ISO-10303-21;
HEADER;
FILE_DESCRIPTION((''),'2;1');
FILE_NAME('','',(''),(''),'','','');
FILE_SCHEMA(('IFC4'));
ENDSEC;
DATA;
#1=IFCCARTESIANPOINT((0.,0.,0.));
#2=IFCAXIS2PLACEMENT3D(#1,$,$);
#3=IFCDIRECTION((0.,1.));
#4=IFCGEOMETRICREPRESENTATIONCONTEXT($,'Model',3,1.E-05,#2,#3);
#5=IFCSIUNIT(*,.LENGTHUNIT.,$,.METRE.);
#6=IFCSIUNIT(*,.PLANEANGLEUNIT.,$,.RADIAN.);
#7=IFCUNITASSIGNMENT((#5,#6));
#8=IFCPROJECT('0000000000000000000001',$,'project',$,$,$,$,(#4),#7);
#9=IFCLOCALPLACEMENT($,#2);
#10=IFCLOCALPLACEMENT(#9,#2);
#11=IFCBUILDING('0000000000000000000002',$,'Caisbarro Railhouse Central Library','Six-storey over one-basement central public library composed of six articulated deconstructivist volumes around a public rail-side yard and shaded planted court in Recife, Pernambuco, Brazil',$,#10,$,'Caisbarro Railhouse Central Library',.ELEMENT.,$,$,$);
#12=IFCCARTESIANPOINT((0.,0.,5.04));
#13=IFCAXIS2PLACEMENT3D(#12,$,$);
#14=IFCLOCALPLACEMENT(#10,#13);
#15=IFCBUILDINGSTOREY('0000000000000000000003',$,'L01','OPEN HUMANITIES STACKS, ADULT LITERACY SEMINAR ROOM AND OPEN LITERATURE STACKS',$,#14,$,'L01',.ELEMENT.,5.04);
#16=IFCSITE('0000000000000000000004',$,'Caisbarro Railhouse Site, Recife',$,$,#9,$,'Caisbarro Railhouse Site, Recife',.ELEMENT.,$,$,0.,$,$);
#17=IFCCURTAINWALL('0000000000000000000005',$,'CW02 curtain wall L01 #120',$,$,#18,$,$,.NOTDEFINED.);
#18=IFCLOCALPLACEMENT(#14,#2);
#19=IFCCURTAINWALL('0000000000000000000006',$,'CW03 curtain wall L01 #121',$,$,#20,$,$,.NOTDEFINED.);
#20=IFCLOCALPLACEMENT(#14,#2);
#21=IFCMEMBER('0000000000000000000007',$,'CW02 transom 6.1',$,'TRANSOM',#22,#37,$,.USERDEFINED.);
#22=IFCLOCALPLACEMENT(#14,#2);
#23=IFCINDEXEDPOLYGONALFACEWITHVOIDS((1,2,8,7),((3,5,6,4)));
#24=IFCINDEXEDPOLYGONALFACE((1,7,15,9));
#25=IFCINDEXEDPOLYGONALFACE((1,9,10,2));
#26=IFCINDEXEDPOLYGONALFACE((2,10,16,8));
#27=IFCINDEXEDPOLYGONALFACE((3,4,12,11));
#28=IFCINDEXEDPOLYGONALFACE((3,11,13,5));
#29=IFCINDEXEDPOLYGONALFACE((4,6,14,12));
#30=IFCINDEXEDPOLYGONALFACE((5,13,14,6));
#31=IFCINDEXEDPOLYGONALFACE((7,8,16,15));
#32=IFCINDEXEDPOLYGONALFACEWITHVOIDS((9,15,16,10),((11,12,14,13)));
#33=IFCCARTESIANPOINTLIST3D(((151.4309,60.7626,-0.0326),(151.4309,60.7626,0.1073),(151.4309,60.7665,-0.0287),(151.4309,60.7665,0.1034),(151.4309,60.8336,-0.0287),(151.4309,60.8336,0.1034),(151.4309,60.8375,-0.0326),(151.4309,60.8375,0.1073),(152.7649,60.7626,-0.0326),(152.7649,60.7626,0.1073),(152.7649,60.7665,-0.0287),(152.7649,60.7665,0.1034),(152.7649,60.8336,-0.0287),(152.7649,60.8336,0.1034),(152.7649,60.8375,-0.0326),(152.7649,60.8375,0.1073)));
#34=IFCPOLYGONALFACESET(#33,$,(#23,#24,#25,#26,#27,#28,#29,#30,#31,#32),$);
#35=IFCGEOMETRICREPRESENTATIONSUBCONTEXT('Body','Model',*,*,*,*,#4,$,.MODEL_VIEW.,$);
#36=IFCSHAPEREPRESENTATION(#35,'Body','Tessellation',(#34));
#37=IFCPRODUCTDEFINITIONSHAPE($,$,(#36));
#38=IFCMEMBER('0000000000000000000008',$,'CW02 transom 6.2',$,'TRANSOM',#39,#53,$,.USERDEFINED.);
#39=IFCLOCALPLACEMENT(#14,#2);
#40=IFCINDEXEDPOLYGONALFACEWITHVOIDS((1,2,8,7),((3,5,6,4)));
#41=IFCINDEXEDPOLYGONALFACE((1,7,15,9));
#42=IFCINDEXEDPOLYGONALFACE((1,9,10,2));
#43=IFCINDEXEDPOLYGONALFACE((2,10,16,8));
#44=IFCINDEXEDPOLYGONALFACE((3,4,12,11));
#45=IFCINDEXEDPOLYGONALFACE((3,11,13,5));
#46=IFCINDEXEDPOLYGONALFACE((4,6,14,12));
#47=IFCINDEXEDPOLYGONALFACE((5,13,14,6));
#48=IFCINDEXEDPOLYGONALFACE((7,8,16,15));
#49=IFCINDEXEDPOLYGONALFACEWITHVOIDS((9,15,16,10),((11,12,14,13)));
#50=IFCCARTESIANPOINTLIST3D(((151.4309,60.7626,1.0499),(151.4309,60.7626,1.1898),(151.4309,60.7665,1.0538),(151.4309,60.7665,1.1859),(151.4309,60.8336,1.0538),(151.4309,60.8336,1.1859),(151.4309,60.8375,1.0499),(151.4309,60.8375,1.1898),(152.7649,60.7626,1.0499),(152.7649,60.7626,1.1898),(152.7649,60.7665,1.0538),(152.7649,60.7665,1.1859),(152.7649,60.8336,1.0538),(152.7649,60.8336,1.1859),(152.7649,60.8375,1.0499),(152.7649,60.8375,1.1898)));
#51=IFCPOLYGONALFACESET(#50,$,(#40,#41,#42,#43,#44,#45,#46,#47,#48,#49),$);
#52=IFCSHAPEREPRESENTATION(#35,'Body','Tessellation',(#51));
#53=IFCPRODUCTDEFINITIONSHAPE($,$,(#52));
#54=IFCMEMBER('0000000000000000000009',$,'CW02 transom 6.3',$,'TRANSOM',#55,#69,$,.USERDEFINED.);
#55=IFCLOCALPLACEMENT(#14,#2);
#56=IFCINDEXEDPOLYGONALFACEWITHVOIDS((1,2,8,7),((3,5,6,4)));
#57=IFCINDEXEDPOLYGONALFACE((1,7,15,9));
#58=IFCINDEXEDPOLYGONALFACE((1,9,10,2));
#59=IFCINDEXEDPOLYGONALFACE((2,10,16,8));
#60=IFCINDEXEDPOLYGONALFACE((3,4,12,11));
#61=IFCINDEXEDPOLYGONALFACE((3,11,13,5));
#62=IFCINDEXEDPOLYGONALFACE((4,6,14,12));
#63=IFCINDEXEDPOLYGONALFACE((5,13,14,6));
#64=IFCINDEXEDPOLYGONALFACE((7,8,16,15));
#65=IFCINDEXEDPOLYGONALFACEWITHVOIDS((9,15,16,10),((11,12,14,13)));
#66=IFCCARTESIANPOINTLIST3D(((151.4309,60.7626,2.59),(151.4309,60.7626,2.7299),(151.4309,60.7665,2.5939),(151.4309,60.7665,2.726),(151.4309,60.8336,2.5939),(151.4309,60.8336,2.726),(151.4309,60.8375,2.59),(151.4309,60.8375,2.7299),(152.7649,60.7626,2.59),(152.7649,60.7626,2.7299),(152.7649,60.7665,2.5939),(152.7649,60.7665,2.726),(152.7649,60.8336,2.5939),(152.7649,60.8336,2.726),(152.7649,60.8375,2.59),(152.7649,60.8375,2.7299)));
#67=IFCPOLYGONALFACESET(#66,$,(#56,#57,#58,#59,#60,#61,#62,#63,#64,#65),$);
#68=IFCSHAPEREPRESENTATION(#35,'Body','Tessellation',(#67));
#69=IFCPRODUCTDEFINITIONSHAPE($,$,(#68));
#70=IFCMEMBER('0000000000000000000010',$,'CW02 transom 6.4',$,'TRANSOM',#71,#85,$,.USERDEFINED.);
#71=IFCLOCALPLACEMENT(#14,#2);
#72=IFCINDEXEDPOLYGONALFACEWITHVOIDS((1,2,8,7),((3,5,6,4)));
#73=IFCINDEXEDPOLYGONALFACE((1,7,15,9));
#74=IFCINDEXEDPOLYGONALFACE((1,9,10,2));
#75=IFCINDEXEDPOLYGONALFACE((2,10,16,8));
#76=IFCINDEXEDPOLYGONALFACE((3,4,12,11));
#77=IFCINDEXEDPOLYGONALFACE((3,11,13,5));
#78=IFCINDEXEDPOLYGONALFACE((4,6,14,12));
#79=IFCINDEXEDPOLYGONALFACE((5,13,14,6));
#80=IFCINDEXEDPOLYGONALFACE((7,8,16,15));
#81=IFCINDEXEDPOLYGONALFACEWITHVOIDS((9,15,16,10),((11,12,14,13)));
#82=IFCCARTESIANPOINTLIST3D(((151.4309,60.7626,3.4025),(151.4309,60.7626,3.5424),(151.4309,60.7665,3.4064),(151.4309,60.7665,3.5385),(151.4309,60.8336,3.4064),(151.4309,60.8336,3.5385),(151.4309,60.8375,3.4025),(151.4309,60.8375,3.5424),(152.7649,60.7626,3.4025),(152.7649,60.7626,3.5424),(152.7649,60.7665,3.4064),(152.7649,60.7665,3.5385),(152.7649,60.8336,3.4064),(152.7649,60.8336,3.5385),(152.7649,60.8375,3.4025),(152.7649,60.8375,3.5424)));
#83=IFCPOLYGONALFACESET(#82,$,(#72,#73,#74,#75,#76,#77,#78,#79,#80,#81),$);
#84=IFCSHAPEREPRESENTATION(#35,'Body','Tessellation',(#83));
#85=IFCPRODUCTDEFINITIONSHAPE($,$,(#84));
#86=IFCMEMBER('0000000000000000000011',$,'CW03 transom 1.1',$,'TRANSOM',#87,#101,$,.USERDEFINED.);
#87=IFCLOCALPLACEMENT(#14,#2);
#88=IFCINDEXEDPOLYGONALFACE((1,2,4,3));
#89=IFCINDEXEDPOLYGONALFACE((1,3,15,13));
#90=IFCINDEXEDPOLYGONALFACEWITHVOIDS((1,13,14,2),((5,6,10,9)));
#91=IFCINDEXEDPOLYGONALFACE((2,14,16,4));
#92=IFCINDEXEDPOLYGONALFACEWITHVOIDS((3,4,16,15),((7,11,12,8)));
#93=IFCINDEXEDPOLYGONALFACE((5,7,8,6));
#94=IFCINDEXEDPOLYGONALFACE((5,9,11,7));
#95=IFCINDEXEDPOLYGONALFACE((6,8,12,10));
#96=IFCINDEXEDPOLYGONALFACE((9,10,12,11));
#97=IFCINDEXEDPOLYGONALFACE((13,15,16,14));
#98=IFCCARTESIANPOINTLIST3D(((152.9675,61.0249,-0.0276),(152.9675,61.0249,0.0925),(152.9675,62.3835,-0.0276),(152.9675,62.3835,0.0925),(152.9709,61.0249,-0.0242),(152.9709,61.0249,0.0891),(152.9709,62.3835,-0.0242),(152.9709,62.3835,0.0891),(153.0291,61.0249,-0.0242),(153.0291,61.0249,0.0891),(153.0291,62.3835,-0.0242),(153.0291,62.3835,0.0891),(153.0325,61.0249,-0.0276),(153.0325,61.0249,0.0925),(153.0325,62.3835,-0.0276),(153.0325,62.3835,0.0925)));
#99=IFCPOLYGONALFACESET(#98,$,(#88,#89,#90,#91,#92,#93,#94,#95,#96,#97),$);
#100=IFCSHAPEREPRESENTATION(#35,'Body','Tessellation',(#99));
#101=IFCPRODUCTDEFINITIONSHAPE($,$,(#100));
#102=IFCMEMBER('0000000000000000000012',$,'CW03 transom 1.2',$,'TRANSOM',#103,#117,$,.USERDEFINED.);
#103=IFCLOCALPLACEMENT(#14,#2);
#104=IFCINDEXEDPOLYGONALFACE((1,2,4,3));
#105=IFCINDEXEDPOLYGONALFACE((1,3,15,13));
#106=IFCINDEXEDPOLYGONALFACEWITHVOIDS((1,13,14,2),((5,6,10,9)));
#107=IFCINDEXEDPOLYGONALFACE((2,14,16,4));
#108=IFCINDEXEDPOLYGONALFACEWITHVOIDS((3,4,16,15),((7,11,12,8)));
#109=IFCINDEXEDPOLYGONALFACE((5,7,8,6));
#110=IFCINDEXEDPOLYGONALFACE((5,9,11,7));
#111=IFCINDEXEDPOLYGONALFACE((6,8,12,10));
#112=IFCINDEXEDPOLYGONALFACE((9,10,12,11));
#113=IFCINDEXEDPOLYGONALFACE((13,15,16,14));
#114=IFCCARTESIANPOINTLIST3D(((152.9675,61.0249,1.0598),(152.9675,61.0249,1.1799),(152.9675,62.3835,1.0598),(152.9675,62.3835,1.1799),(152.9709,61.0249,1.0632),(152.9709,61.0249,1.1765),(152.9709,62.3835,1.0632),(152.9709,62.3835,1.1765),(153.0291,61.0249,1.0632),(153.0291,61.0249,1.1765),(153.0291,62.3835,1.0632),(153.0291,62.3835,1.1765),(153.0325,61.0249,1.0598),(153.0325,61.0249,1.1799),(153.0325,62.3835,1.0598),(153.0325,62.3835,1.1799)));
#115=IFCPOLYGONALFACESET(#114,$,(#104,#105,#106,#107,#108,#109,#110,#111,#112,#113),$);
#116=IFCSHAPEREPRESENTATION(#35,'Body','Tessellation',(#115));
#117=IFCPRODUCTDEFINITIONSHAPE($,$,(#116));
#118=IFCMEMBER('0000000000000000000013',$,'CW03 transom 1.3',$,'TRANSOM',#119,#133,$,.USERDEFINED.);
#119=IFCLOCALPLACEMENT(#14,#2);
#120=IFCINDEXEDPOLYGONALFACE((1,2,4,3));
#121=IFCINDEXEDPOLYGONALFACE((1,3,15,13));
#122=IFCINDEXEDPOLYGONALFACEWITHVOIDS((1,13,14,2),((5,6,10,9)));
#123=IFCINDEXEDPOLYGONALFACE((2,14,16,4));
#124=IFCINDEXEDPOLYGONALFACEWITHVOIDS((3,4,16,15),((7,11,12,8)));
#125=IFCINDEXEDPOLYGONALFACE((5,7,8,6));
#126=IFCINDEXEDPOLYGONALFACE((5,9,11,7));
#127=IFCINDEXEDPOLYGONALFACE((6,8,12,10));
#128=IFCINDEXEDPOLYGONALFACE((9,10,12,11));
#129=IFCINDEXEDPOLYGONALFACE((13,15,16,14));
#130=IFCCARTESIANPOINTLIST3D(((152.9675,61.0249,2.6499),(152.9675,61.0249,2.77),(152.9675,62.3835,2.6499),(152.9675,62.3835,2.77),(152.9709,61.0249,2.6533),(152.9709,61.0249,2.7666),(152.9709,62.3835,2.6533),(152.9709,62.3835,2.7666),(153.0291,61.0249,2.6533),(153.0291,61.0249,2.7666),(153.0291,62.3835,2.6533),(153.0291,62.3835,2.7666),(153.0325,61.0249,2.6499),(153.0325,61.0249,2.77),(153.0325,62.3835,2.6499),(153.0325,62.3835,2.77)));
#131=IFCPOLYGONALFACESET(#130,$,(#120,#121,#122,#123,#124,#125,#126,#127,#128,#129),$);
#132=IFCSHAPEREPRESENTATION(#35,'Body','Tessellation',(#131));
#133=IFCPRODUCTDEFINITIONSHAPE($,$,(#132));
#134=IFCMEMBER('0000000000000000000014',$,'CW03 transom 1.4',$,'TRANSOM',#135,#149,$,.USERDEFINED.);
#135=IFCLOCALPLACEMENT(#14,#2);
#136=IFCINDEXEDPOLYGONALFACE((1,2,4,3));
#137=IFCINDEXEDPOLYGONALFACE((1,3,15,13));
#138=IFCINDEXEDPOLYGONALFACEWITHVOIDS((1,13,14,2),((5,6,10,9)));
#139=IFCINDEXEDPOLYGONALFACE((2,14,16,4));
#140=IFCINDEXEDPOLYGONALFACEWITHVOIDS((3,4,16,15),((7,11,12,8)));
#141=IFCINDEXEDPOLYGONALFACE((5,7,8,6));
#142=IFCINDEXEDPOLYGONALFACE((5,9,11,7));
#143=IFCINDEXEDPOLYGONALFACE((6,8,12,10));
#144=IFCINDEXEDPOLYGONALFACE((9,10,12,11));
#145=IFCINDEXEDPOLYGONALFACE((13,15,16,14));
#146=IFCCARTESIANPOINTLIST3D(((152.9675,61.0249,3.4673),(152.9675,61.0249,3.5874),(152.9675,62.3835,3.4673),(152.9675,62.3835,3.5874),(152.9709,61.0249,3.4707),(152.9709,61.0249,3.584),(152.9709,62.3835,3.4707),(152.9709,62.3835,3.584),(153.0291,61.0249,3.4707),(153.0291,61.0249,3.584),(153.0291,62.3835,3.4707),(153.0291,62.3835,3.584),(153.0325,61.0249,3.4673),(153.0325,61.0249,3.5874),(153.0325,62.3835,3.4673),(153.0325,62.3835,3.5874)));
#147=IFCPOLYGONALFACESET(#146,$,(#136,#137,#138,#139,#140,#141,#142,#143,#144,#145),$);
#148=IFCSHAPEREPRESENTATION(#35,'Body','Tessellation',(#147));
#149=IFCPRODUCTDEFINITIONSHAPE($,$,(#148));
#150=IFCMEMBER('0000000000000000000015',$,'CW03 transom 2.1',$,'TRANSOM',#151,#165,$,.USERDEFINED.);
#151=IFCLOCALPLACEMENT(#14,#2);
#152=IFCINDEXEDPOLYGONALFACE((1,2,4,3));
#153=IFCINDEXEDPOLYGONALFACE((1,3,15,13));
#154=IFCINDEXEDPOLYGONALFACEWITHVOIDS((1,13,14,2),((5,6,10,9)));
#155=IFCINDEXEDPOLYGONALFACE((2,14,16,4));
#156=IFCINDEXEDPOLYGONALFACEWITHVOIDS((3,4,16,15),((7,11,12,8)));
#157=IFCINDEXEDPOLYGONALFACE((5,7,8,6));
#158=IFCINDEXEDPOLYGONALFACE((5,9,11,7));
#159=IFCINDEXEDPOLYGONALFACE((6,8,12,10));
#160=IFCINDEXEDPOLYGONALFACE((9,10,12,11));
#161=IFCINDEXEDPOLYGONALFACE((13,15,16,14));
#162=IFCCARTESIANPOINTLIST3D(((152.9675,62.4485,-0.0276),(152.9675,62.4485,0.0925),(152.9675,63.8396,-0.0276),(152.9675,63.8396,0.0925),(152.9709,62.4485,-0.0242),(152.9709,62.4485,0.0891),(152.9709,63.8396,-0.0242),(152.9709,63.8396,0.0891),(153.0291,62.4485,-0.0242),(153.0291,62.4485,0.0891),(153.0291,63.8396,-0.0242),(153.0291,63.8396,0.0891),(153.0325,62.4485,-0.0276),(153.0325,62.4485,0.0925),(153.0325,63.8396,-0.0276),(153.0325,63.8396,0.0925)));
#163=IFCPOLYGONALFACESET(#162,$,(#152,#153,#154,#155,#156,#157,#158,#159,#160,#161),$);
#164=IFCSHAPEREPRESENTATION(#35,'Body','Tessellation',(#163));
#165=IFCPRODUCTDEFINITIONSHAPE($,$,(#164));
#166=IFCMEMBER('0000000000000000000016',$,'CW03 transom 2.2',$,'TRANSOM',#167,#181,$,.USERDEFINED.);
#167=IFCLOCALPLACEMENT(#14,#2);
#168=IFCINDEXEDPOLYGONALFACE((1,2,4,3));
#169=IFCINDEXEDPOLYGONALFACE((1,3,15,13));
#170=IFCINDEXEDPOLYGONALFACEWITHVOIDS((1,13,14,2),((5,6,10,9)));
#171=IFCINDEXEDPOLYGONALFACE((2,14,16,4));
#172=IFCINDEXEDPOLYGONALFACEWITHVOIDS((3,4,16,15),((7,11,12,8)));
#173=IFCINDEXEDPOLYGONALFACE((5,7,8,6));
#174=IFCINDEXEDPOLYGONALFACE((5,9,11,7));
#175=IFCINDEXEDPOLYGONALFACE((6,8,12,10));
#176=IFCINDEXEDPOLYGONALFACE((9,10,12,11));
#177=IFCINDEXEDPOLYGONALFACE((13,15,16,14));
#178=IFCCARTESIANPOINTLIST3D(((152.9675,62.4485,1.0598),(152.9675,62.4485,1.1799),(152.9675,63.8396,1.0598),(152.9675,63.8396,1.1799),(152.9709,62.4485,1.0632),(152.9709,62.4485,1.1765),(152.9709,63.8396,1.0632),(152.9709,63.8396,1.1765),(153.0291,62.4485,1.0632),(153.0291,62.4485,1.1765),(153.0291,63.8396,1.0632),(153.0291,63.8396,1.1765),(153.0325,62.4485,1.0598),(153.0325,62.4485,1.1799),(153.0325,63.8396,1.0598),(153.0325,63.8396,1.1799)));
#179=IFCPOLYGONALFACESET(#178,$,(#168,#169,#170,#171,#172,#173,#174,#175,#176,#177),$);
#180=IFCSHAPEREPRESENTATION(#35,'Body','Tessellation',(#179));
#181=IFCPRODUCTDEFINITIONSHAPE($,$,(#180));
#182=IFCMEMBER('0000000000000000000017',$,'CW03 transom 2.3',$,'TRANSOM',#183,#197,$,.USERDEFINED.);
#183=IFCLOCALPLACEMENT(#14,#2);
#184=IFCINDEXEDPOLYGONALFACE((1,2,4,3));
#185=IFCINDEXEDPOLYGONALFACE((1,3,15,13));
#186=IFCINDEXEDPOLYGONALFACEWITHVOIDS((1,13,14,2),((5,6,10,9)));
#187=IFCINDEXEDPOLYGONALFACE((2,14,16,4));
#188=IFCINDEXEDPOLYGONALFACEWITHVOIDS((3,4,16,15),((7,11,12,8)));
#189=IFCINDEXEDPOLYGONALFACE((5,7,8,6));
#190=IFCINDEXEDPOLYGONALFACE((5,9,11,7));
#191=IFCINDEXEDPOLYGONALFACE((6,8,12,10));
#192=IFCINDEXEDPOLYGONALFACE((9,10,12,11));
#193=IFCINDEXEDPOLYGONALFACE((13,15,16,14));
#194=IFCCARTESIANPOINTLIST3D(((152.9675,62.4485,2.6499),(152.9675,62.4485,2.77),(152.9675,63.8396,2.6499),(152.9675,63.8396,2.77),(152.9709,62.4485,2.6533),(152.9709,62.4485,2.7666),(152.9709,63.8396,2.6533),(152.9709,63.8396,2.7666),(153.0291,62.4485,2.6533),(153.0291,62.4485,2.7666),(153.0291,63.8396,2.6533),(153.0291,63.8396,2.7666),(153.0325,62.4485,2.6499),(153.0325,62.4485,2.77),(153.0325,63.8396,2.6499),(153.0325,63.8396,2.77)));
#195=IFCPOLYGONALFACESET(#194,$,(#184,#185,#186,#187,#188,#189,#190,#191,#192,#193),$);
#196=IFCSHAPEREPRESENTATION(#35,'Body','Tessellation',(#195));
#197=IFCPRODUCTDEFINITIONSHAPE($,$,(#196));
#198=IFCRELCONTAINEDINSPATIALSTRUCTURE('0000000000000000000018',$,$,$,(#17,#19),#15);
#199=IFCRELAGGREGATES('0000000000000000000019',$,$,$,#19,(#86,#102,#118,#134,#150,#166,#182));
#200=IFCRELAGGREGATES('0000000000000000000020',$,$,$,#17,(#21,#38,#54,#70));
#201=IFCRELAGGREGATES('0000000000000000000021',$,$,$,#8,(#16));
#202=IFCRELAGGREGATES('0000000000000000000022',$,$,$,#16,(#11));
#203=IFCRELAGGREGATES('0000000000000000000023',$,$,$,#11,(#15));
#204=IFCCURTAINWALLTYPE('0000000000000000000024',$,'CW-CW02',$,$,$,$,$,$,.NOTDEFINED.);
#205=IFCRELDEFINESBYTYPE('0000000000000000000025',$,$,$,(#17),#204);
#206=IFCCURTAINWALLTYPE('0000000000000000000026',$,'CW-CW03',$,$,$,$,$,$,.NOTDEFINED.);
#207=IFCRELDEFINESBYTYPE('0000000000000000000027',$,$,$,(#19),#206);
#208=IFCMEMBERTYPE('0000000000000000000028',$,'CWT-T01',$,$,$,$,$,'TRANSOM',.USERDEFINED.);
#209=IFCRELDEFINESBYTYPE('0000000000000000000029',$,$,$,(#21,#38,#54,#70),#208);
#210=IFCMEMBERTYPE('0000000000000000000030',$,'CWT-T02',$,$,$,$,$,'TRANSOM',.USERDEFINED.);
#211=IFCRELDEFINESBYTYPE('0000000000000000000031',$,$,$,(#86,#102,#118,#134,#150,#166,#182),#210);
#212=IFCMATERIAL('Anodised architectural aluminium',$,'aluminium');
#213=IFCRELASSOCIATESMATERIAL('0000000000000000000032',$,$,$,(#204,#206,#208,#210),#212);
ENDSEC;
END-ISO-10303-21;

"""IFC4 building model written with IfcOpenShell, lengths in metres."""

from ifc_helpers import new_model, si_unit, direction, frame, origin, origin_2d, place, context, subcontext, project, spatial, hollow_rectangle, extrude, material, material_profile, profile_set, type_object, element, aggregate, save


model = new_model("IFC4")

# Units and contexts
model_context = context("Model", 3, precision=1e-05, world=origin(), true_north=direction((0.0, 1.0)))
body_context = subcontext(model_context, "Body", "Model", "MODEL_VIEW")
ifc_project = project(units=[si_unit("LENGTHUNIT", "METRE"), si_unit("PLANEANGLEUNIT", "RADIAN")], contexts=[model_context])

# Site, building, storey
site_placement = place(None, origin())
site = spatial("IfcSite", under=ifc_project, at=site_placement, Name="Caisbarro Railhouse Site, Recife", LongName="Caisbarro Railhouse Site, Recife", CompositionType="ELEMENT", RefElevation=0.0)
building_placement = place(site_placement, origin())
building = spatial("IfcBuilding", under=site, at=building_placement, Name="Caisbarro Railhouse Central Library", Description="Six-storey over one-basement central public library composed of six articulated deconstructivist volumes around a public rail-side yard and shaded planted court in Recife, Pernambuco, Brazil", LongName="Caisbarro Railhouse Central Library", CompositionType="ELEMENT")
storey_placement = place(building_placement, frame((0.0, 0.0, 5.04)))
storey = spatial("IfcBuildingStorey", under=building, at=storey_placement, Name="L01", Description="OPEN HUMANITIES STACKS, ADULT LITERACY SEMINAR ROOM AND OPEN LITERATURE STACKS", LongName="L01", CompositionType="ELEMENT", Elevation=5.04)

# Curtain walls
ifc_material_1 = material(Name="Anodised architectural aluminium", Category="aluminium")
curtain_wall_type_1 = type_object("IfcCurtainWallType", Name="CW-CW02", PredefinedType="NOTDEFINED", material=ifc_material_1)
curtain_wall_1_placement = place(storey_placement, origin())
curtain_wall_1 = element("IfcCurtainWall", 1, at=curtain_wall_1_placement, inside=storey, type_object=curtain_wall_type_1, Name="CW02 curtain wall L01 #120", PredefinedType="NOTDEFINED")
curtain_wall_type_2 = type_object("IfcCurtainWallType", Name="CW-CW03", PredefinedType="NOTDEFINED", material=ifc_material_1)
curtain_wall_2_placement = place(storey_placement, origin())
curtain_wall_2 = element("IfcCurtainWall", 2, at=curtain_wall_2_placement, inside=storey, type_object=curtain_wall_type_2, Name="CW03 curtain wall L01 #121", PredefinedType="NOTDEFINED")

# Members
ifc_material_profile_1 = material_profile(ifc_material_1, hollow_rectangle(XDim=0.075, YDim=0.1399, WallThickness=0.0039, at=origin_2d()), Name="ALU-TRN-75X140")
ifc_profile_set_1 = profile_set([ifc_material_profile_1], Name="Anodised architectural aluminium")
member_type_1 = type_object("IfcMemberType", Name="CWT-T01", ElementType="TRANSOM", PredefinedType="USERDEFINED", material=ifc_profile_set_1)
member_1_placement = place(storey_placement, frame((151.4309, 60.8, 0.0374), z_axis=(1.0, 0.0, 0.0), x_axis=(0.0, 1.0, 0.0)))
member_1 = element("IfcMember", 3, at=member_1_placement, type_object=member_type_1, Name="CW02 transom 6.1", ObjectType="TRANSOM", PredefinedType="USERDEFINED", context=body_context, shape_type="SweptSolid", body=[
    extrude(hollow_rectangle(XDim=0.075, YDim=0.1399, WallThickness=0.0039, at=origin_2d()), origin(), (0.0, 0.0, 1.0), 1.334),
])
member_2_placement = place(storey_placement, frame((151.4309, 60.8, 1.1199), z_axis=(1.0, 0.0, 0.0), x_axis=(0.0, 1.0, 0.0)))
member_2 = element("IfcMember", 4, at=member_2_placement, type_object=member_type_1, Name="CW02 transom 6.2", ObjectType="TRANSOM", PredefinedType="USERDEFINED", context=body_context, shape_type="SweptSolid", body=[
    extrude(hollow_rectangle(XDim=0.075, YDim=0.1399, WallThickness=0.0039, at=origin_2d()), origin(), (0.0, 0.0, 1.0), 1.334),
])
member_3_placement = place(storey_placement, frame((151.4309, 60.8, 2.6599), z_axis=(1.0, 0.0, 0.0), x_axis=(0.0, 1.0, 0.0)))
member_3 = element("IfcMember", 5, at=member_3_placement, type_object=member_type_1, Name="CW02 transom 6.3", ObjectType="TRANSOM", PredefinedType="USERDEFINED", context=body_context, shape_type="SweptSolid", body=[
    extrude(hollow_rectangle(XDim=0.075, YDim=0.1399, WallThickness=0.0039, at=origin_2d()), origin(), (0.0, 0.0, 1.0), 1.334),
])
member_4_placement = place(storey_placement, frame((151.4309, 60.8, 3.4724), z_axis=(1.0, 0.0, 0.0), x_axis=(0.0, 1.0, 0.0)))
member_4 = element("IfcMember", 6, at=member_4_placement, type_object=member_type_1, Name="CW02 transom 6.4", ObjectType="TRANSOM", PredefinedType="USERDEFINED", context=body_context, shape_type="SweptSolid", body=[
    extrude(hollow_rectangle(XDim=0.075, YDim=0.1399, WallThickness=0.0039, at=origin_2d()), origin(), (0.0, 0.0, 1.0), 1.334),
])
ifc_material_profile_2 = material_profile(ifc_material_1, hollow_rectangle(XDim=0.0649, YDim=0.1201, WallThickness=0.0034, at=origin_2d()), Name="ALU-TRN-65X120")
ifc_profile_set_2 = profile_set([ifc_material_profile_2], Name="Anodised architectural aluminium")
member_type_2 = type_object("IfcMemberType", Name="CWT-T02", ElementType="TRANSOM", PredefinedType="USERDEFINED", material=ifc_profile_set_2)
member_5_placement = place(storey_placement, frame((153.0, 61.0249, 0.0325), z_axis=(0.0, 1.0, 0.0), x_axis=(-1.0, 0.0, 0.0)))
member_5 = element("IfcMember", 7, at=member_5_placement, type_object=member_type_2, Name="CW03 transom 1.1", ObjectType="TRANSOM", PredefinedType="USERDEFINED", context=body_context, shape_type="SweptSolid", body=[
    extrude(hollow_rectangle(XDim=0.0649, YDim=0.1201, WallThickness=0.0034, at=origin_2d()), origin(), (0.0, 0.0, 1.0), 1.3586),
])
member_6_placement = place(storey_placement, frame((153.0, 61.0249, 1.1199), z_axis=(0.0, 1.0, 0.0), x_axis=(-1.0, 0.0, 0.0)))
member_6 = element("IfcMember", 8, at=member_6_placement, type_object=member_type_2, Name="CW03 transom 1.2", ObjectType="TRANSOM", PredefinedType="USERDEFINED", context=body_context, shape_type="SweptSolid", body=[
    extrude(hollow_rectangle(XDim=0.0649, YDim=0.1201, WallThickness=0.0034, at=origin_2d()), origin(), (0.0, 0.0, 1.0), 1.3586),
])
member_7_placement = place(storey_placement, frame((153.0, 61.0249, 2.71), z_axis=(0.0, 1.0, 0.0), x_axis=(-1.0, 0.0, 0.0)))
member_7 = element("IfcMember", 9, at=member_7_placement, type_object=member_type_2, Name="CW03 transom 1.3", ObjectType="TRANSOM", PredefinedType="USERDEFINED", context=body_context, shape_type="SweptSolid", body=[
    extrude(hollow_rectangle(XDim=0.0649, YDim=0.1201, WallThickness=0.0034, at=origin_2d()), origin(), (0.0, 0.0, 1.0), 1.3586),
])
member_8_placement = place(storey_placement, frame((153.0, 61.0249, 3.5273), z_axis=(0.0, 1.0, 0.0), x_axis=(-1.0, 0.0, 0.0)))
member_8 = element("IfcMember", 10, at=member_8_placement, type_object=member_type_2, Name="CW03 transom 1.4", ObjectType="TRANSOM", PredefinedType="USERDEFINED", context=body_context, shape_type="SweptSolid", body=[
    extrude(hollow_rectangle(XDim=0.0649, YDim=0.1201, WallThickness=0.0034, at=origin_2d()), origin(), (0.0, 0.0, 1.0), 1.3586),
])
member_9_placement = place(storey_placement, frame((153.0, 62.4485, 0.0325), z_axis=(0.0, 1.0, 0.0), x_axis=(-1.0, 0.0, 0.0)))
member_9 = element("IfcMember", 11, at=member_9_placement, type_object=member_type_2, Name="CW03 transom 2.1", ObjectType="TRANSOM", PredefinedType="USERDEFINED", context=body_context, shape_type="SweptSolid", body=[
    extrude(hollow_rectangle(XDim=0.0649, YDim=0.1201, WallThickness=0.0034, at=origin_2d()), origin(), (0.0, 0.0, 1.0), 1.3911),
])
member_10_placement = place(storey_placement, frame((153.0, 62.4485, 1.1199), z_axis=(0.0, 1.0, 0.0), x_axis=(-1.0, 0.0, 0.0)))
member_10 = element("IfcMember", 12, at=member_10_placement, type_object=member_type_2, Name="CW03 transom 2.2", ObjectType="TRANSOM", PredefinedType="USERDEFINED", context=body_context, shape_type="SweptSolid", body=[
    extrude(hollow_rectangle(XDim=0.0649, YDim=0.1201, WallThickness=0.0034, at=origin_2d()), origin(), (0.0, 0.0, 1.0), 1.3911),
])
member_11_placement = place(storey_placement, frame((153.0, 62.4485, 2.71), z_axis=(0.0, 1.0, 0.0), x_axis=(-1.0, 0.0, 0.0)))
member_11 = element("IfcMember", 13, at=member_11_placement, type_object=member_type_2, Name="CW03 transom 2.3", ObjectType="TRANSOM", PredefinedType="USERDEFINED", context=body_context, shape_type="SweptSolid", body=[
    extrude(hollow_rectangle(XDim=0.0649, YDim=0.1201, WallThickness=0.0034, at=origin_2d()), origin(), (0.0, 0.0, 1.0), 1.3911),
])

aggregate(curtain_wall_2, [member_5, member_6, member_7, member_8, member_9, member_10, member_11])
aggregate(curtain_wall_1, [member_1, member_2, member_3, member_4])

save(model, "model.ifc")
